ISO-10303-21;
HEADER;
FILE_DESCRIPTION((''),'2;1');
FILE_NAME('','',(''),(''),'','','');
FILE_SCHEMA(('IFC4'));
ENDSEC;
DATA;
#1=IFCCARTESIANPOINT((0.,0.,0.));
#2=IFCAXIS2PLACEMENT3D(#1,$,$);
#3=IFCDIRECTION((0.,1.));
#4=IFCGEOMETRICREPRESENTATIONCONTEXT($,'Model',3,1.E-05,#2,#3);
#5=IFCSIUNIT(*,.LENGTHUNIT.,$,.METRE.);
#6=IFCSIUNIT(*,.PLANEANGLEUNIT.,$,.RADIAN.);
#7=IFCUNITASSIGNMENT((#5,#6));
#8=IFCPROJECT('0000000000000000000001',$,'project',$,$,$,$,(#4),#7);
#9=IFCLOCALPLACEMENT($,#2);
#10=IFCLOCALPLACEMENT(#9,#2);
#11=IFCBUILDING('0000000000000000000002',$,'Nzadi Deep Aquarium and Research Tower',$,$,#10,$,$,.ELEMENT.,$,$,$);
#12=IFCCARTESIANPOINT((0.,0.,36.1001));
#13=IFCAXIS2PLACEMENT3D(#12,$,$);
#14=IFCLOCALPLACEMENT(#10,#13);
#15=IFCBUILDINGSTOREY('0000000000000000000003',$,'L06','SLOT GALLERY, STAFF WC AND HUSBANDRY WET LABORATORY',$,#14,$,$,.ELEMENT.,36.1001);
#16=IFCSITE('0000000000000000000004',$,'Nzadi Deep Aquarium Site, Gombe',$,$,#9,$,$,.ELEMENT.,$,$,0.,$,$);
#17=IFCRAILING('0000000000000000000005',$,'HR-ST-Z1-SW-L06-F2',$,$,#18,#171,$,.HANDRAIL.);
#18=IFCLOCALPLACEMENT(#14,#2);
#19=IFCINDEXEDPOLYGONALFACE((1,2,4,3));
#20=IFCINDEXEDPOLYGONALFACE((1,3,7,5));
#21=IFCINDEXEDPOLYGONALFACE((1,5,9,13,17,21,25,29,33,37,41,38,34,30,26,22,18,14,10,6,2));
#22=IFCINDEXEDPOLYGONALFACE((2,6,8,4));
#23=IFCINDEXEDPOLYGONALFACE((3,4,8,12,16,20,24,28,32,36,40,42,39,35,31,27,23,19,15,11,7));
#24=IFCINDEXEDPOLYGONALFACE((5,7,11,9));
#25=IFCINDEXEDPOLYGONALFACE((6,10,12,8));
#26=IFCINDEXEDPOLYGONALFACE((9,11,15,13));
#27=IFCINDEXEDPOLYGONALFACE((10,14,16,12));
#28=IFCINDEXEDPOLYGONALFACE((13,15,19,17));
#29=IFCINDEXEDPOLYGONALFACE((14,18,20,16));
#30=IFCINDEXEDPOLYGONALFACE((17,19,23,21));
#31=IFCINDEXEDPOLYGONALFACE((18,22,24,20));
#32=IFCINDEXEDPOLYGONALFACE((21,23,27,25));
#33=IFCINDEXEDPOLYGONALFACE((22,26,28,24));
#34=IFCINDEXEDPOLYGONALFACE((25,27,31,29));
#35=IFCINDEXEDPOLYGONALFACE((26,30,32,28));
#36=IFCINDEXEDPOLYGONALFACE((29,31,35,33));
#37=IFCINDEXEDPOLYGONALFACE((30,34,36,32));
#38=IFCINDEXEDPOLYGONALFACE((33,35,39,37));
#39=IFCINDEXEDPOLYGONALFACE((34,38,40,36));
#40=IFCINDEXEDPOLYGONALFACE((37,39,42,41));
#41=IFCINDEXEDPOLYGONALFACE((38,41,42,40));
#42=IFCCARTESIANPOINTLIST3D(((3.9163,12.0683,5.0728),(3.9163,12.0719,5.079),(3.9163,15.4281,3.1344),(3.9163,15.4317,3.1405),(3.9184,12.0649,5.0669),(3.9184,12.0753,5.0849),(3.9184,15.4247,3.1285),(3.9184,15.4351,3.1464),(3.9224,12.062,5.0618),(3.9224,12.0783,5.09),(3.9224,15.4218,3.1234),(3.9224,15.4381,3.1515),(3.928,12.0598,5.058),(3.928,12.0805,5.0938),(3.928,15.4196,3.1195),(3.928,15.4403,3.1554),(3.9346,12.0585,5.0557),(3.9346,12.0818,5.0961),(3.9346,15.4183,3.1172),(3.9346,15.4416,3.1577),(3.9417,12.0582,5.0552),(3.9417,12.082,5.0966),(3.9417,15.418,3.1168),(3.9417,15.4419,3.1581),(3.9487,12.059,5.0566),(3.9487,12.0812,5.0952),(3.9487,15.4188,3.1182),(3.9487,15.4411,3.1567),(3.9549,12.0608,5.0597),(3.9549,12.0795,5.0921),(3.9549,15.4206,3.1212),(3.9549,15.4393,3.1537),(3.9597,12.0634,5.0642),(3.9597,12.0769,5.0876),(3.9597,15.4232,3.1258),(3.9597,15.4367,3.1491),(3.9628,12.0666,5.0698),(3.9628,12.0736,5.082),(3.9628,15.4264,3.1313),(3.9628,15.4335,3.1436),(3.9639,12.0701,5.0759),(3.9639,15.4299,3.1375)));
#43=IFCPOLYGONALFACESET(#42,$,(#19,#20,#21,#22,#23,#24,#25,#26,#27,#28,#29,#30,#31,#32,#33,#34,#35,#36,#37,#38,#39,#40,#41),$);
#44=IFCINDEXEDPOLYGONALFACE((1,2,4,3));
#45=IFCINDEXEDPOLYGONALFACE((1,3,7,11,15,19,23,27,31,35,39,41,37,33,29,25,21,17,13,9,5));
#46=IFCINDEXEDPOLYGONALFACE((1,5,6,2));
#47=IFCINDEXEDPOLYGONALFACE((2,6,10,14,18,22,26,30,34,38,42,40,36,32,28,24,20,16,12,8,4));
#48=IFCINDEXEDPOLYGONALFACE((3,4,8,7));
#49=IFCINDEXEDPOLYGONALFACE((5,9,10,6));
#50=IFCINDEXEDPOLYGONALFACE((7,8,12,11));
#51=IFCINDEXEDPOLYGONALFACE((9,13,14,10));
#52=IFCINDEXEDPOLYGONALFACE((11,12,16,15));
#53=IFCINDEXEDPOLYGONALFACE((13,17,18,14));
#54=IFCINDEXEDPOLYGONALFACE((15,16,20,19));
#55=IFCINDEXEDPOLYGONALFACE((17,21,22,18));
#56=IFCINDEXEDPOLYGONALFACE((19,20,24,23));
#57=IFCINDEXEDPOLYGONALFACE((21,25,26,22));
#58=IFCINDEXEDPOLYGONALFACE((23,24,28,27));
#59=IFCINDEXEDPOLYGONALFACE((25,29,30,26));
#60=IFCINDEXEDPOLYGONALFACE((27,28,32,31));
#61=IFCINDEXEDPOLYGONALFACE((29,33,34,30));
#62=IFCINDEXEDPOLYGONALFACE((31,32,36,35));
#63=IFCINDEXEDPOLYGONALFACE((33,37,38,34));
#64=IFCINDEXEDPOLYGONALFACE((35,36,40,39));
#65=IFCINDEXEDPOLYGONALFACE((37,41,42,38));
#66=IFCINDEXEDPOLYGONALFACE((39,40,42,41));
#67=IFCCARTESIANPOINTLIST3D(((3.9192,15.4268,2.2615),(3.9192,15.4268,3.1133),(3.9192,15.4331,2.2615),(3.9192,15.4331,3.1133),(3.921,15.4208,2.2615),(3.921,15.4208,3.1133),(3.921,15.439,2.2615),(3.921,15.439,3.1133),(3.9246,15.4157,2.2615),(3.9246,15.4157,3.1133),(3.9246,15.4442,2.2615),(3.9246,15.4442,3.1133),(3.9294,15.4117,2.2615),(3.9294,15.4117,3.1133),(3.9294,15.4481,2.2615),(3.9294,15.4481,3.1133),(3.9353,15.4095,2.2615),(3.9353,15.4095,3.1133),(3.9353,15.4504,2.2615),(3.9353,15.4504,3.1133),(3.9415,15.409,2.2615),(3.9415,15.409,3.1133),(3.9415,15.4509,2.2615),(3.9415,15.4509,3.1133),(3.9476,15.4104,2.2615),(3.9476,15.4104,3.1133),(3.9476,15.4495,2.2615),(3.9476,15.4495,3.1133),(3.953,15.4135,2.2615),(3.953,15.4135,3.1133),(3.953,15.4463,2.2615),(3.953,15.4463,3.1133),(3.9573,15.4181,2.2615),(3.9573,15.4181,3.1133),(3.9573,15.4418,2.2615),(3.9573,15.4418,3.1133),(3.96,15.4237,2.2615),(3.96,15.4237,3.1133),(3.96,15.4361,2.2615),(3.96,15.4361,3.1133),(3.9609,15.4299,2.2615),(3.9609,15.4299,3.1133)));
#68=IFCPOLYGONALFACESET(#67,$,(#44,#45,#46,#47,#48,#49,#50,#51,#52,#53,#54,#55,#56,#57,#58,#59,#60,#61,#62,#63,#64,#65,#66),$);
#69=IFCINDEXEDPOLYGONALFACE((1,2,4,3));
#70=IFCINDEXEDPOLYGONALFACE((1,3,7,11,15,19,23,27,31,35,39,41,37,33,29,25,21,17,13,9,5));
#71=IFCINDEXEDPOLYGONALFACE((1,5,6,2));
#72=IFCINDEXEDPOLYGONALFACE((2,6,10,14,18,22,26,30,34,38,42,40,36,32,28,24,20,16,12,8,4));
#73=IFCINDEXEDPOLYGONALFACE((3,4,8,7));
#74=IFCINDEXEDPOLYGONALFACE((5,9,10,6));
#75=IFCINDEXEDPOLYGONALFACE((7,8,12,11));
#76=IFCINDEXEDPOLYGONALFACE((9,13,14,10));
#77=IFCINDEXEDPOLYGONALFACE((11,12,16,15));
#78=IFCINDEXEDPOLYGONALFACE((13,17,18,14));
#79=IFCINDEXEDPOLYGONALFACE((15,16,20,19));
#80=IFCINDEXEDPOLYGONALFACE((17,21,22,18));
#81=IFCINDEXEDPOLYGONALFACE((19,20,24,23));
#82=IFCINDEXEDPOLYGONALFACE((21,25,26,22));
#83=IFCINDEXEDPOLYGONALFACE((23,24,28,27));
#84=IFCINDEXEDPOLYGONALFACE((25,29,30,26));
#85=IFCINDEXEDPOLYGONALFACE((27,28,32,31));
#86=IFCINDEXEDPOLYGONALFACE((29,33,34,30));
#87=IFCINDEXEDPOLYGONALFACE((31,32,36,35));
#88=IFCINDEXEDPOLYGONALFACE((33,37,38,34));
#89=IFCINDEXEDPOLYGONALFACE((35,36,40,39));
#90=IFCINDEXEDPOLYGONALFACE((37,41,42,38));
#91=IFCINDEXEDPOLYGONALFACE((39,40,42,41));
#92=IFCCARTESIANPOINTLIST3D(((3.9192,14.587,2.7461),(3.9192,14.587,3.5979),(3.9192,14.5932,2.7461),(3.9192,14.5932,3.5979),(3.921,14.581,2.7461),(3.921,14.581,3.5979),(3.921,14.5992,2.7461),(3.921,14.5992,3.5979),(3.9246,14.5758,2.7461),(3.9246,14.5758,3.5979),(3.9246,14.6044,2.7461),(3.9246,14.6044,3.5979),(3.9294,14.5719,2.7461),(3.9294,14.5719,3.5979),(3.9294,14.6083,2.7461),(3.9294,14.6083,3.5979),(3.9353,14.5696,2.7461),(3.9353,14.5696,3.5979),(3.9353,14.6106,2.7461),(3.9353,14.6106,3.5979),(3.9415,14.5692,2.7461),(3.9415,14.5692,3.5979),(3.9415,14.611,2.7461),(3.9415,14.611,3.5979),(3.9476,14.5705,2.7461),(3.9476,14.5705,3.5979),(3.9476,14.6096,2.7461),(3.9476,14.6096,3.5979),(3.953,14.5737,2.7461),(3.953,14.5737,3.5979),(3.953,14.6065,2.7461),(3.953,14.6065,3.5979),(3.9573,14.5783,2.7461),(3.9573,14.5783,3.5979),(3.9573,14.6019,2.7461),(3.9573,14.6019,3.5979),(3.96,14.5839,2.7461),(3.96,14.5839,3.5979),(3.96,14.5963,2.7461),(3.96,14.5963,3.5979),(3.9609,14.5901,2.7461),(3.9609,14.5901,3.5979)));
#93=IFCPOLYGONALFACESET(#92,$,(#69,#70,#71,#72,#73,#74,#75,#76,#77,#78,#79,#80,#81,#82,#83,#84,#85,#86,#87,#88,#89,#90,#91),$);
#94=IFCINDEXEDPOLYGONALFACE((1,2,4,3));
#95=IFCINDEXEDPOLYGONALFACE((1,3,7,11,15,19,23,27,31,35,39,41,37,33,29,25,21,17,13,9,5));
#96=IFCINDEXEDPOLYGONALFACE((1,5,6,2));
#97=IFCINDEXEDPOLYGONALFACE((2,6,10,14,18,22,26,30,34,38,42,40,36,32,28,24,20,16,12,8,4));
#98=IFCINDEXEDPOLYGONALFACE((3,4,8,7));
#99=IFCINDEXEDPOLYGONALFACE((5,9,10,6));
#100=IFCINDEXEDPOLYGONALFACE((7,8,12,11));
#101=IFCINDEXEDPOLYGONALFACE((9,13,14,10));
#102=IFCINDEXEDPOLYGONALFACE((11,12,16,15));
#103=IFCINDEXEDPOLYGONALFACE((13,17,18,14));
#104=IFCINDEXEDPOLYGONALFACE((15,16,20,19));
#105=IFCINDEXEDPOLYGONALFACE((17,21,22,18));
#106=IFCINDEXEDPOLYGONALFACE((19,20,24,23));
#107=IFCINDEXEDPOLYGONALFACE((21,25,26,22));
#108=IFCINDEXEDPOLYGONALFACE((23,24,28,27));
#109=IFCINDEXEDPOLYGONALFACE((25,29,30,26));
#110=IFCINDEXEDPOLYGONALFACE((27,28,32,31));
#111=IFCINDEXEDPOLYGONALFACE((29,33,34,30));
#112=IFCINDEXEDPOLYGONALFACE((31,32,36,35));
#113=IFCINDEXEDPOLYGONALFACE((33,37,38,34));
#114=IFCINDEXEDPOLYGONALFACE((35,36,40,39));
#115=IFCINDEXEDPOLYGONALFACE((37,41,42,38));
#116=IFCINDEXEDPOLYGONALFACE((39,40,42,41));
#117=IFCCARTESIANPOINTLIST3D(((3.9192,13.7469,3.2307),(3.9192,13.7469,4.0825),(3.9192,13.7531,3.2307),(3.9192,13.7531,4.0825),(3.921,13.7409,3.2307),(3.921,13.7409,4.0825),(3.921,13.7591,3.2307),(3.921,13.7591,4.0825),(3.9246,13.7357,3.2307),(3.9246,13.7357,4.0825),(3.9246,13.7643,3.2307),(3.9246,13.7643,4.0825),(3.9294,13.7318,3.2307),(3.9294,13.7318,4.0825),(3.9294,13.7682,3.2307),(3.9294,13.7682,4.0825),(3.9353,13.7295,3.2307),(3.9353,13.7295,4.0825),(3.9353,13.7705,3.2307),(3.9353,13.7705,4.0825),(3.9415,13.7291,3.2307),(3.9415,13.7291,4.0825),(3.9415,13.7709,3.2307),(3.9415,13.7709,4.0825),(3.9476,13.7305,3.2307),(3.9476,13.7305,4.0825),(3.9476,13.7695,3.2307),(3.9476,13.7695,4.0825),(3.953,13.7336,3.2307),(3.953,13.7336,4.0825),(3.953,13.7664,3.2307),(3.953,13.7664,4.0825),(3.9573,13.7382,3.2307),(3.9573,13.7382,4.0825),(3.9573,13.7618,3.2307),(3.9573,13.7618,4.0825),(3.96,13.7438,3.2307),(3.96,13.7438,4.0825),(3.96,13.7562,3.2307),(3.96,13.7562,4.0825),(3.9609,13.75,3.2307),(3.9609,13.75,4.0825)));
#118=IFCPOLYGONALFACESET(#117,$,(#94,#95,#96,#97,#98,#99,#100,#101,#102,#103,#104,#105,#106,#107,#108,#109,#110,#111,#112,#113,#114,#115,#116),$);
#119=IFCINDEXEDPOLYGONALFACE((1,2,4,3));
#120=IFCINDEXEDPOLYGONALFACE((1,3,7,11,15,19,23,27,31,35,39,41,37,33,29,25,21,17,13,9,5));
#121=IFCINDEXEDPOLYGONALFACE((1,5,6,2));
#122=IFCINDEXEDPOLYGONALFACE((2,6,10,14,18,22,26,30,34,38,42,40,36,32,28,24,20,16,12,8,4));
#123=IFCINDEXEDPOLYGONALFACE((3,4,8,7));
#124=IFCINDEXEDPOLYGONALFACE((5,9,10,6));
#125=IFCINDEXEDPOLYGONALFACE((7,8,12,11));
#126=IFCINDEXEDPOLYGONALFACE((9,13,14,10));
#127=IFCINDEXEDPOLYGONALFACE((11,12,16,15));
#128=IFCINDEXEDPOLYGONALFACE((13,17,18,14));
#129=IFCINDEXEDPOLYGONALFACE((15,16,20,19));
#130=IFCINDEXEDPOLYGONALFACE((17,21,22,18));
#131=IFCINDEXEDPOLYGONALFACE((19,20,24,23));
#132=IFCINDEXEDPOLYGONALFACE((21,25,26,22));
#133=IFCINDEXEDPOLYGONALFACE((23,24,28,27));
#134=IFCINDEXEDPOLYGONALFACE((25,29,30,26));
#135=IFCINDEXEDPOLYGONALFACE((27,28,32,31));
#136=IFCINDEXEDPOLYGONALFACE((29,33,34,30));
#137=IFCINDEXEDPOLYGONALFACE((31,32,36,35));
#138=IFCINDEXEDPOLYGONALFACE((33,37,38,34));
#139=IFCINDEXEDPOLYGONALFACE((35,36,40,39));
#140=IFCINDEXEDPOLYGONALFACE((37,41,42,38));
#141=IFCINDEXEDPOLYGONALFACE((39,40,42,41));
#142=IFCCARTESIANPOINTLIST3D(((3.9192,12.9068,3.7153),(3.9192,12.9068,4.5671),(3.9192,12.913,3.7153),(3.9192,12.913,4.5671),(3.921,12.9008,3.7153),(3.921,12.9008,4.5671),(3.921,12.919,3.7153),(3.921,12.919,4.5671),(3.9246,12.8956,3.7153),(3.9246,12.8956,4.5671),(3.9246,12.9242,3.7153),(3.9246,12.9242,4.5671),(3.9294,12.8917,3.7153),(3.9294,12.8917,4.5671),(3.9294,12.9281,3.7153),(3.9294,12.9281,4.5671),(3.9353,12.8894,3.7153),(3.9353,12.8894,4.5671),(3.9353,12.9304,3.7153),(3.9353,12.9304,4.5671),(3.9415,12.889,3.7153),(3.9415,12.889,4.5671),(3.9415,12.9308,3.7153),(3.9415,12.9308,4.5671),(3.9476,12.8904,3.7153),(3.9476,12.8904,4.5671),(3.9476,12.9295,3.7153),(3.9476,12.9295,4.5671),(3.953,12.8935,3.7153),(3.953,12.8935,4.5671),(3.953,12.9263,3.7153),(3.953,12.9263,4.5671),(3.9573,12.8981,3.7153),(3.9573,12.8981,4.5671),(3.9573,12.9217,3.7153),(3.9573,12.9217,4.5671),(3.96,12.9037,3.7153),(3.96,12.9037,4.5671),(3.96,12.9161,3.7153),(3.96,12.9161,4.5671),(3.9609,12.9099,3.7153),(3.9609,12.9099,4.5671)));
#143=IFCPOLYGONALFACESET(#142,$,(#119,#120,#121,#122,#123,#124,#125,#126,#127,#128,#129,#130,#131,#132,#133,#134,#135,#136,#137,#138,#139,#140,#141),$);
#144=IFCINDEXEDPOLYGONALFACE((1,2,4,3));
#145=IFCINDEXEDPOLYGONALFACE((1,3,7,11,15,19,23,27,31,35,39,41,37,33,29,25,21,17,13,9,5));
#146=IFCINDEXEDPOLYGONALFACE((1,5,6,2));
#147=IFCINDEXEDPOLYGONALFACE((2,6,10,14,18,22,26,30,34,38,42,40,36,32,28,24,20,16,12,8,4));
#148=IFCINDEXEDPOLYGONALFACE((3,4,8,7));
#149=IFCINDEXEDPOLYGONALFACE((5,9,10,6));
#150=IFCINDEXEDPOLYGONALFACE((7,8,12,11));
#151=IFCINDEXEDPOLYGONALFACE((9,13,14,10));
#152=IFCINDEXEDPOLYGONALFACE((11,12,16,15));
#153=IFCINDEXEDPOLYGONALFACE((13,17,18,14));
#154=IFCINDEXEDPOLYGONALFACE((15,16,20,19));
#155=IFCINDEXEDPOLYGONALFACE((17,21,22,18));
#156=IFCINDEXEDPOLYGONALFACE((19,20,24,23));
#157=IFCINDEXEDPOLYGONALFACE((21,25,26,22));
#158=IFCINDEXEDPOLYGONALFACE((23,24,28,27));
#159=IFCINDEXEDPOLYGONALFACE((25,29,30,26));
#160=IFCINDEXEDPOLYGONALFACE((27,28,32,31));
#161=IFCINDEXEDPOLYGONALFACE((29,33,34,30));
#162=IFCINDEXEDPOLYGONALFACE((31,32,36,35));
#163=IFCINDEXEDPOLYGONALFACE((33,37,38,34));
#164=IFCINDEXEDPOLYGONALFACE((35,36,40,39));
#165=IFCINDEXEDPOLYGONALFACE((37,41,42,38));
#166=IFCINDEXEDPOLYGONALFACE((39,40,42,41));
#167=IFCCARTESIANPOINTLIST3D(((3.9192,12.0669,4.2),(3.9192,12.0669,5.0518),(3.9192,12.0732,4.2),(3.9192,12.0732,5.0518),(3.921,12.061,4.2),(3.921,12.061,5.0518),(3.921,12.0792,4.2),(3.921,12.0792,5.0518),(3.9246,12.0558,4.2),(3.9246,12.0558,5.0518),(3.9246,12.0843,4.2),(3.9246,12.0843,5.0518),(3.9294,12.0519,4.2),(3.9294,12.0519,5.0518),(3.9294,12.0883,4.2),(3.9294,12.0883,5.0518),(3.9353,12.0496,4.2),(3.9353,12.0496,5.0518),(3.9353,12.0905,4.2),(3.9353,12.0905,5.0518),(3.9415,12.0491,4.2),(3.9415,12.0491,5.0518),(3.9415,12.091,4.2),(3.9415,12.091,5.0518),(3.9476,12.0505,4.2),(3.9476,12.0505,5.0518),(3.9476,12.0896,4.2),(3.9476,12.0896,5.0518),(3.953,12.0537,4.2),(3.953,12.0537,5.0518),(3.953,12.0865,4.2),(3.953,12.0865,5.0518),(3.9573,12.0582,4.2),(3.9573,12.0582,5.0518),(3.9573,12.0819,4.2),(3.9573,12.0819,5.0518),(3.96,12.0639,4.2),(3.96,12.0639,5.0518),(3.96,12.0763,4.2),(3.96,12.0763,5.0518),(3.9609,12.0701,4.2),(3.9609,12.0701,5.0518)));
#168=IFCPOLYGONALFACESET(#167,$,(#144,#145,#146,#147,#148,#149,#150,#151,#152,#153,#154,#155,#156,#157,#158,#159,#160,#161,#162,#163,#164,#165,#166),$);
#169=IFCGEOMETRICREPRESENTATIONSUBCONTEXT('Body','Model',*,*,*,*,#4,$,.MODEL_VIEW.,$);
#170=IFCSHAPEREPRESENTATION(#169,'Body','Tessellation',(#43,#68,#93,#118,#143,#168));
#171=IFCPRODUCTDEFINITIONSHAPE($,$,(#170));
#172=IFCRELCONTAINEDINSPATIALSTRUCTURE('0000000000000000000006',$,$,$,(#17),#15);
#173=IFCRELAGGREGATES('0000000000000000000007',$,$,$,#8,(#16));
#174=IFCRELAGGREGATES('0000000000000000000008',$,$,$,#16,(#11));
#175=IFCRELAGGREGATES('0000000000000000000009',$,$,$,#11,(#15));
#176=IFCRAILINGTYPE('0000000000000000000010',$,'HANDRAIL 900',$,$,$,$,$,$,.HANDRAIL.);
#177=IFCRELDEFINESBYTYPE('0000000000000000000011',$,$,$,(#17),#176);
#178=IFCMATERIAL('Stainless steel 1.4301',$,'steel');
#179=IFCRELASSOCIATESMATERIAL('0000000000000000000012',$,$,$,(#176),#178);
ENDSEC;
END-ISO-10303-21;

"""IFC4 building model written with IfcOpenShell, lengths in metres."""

from ifc_helpers import new_model, si_unit, direction, frame, origin, origin_2d, place, context, subcontext, project, spatial, circle, extrude, material, type_object, element, save


model = new_model("IFC4")

# Units and contexts
model_context = context("Model", 3, precision=1e-05, world=origin(), true_north=direction((0.0, 1.0)))
body_context = subcontext(model_context, "Body", "Model", "MODEL_VIEW")
ifc_project = project(units=[si_unit("LENGTHUNIT", "METRE"), si_unit("PLANEANGLEUNIT", "RADIAN")], contexts=[model_context])

# Site, building, storey
site_placement = place(None, origin())
site = spatial("IfcSite", under=ifc_project, at=site_placement, Name="Nzadi Deep Aquarium Site, Gombe", CompositionType="ELEMENT", RefElevation=0.0)
building_placement = place(site_placement, origin())
building = spatial("IfcBuilding", under=site, at=building_placement, Name="Nzadi Deep Aquarium and Research Tower", CompositionType="ELEMENT")
storey_placement = place(building_placement, frame((0.0, 0.0, 36.1001)))
storey = spatial("IfcBuildingStorey", under=building, at=storey_placement, Name="L06", Description="SLOT GALLERY, STAFF WC AND HUSBANDRY WET LABORATORY", CompositionType="ELEMENT", Elevation=36.1001)

# Railing
ifc_material_1 = material(Name="Stainless steel 1.4301", Category="steel")
railing_type = type_object("IfcRailingType", Name="HANDRAIL 900", PredefinedType="HANDRAIL", material=ifc_material_1)
for number, where, name in (
    (1, (3.9399, 15.4299, 2.2615), "HR-ST-Z1-SW-L06-F2"),
):
    element("IfcRailing", number, at=place(storey_placement, frame(where)), inside=storey, type_object=railing_type, Name=name, PredefinedType="HANDRAIL", context=body_context, shape_type="SweptSolid", body=[
        extrude(circle(Radius=0.0239, at=origin_2d()), frame((0.0, 0.0, 0.876), z_axis=(0.0, -0.866175, 0.499741), x_axis=(1.0, 0.0, 0.0)), (0.0, 0.0, 1.0), 3.8789),
        extrude(circle(Radius=0.021, at=origin_2d()), origin(), (0.0, 0.0, 1.0), 0.8518),
        extrude(circle(Radius=0.021, at=origin_2d()), frame((0.0, -0.8398, 0.4846)), (0.0, 0.0, 1.0), 0.8518),
        extrude(circle(Radius=0.021, at=origin_2d()), frame((0.0, -1.6799, 0.9692)), (0.0, 0.0, 1.0), 0.8518),
        extrude(circle(Radius=0.021, at=origin_2d()), frame((0.0, -2.52, 1.4539)), (0.0, 0.0, 1.0), 0.8518),
        extrude(circle(Radius=0.021, at=origin_2d()), frame((0.0, -3.3599, 1.9385)), (0.0, 0.0, 1.0), 0.8518),
    ])

save(model, "model.ifc")
